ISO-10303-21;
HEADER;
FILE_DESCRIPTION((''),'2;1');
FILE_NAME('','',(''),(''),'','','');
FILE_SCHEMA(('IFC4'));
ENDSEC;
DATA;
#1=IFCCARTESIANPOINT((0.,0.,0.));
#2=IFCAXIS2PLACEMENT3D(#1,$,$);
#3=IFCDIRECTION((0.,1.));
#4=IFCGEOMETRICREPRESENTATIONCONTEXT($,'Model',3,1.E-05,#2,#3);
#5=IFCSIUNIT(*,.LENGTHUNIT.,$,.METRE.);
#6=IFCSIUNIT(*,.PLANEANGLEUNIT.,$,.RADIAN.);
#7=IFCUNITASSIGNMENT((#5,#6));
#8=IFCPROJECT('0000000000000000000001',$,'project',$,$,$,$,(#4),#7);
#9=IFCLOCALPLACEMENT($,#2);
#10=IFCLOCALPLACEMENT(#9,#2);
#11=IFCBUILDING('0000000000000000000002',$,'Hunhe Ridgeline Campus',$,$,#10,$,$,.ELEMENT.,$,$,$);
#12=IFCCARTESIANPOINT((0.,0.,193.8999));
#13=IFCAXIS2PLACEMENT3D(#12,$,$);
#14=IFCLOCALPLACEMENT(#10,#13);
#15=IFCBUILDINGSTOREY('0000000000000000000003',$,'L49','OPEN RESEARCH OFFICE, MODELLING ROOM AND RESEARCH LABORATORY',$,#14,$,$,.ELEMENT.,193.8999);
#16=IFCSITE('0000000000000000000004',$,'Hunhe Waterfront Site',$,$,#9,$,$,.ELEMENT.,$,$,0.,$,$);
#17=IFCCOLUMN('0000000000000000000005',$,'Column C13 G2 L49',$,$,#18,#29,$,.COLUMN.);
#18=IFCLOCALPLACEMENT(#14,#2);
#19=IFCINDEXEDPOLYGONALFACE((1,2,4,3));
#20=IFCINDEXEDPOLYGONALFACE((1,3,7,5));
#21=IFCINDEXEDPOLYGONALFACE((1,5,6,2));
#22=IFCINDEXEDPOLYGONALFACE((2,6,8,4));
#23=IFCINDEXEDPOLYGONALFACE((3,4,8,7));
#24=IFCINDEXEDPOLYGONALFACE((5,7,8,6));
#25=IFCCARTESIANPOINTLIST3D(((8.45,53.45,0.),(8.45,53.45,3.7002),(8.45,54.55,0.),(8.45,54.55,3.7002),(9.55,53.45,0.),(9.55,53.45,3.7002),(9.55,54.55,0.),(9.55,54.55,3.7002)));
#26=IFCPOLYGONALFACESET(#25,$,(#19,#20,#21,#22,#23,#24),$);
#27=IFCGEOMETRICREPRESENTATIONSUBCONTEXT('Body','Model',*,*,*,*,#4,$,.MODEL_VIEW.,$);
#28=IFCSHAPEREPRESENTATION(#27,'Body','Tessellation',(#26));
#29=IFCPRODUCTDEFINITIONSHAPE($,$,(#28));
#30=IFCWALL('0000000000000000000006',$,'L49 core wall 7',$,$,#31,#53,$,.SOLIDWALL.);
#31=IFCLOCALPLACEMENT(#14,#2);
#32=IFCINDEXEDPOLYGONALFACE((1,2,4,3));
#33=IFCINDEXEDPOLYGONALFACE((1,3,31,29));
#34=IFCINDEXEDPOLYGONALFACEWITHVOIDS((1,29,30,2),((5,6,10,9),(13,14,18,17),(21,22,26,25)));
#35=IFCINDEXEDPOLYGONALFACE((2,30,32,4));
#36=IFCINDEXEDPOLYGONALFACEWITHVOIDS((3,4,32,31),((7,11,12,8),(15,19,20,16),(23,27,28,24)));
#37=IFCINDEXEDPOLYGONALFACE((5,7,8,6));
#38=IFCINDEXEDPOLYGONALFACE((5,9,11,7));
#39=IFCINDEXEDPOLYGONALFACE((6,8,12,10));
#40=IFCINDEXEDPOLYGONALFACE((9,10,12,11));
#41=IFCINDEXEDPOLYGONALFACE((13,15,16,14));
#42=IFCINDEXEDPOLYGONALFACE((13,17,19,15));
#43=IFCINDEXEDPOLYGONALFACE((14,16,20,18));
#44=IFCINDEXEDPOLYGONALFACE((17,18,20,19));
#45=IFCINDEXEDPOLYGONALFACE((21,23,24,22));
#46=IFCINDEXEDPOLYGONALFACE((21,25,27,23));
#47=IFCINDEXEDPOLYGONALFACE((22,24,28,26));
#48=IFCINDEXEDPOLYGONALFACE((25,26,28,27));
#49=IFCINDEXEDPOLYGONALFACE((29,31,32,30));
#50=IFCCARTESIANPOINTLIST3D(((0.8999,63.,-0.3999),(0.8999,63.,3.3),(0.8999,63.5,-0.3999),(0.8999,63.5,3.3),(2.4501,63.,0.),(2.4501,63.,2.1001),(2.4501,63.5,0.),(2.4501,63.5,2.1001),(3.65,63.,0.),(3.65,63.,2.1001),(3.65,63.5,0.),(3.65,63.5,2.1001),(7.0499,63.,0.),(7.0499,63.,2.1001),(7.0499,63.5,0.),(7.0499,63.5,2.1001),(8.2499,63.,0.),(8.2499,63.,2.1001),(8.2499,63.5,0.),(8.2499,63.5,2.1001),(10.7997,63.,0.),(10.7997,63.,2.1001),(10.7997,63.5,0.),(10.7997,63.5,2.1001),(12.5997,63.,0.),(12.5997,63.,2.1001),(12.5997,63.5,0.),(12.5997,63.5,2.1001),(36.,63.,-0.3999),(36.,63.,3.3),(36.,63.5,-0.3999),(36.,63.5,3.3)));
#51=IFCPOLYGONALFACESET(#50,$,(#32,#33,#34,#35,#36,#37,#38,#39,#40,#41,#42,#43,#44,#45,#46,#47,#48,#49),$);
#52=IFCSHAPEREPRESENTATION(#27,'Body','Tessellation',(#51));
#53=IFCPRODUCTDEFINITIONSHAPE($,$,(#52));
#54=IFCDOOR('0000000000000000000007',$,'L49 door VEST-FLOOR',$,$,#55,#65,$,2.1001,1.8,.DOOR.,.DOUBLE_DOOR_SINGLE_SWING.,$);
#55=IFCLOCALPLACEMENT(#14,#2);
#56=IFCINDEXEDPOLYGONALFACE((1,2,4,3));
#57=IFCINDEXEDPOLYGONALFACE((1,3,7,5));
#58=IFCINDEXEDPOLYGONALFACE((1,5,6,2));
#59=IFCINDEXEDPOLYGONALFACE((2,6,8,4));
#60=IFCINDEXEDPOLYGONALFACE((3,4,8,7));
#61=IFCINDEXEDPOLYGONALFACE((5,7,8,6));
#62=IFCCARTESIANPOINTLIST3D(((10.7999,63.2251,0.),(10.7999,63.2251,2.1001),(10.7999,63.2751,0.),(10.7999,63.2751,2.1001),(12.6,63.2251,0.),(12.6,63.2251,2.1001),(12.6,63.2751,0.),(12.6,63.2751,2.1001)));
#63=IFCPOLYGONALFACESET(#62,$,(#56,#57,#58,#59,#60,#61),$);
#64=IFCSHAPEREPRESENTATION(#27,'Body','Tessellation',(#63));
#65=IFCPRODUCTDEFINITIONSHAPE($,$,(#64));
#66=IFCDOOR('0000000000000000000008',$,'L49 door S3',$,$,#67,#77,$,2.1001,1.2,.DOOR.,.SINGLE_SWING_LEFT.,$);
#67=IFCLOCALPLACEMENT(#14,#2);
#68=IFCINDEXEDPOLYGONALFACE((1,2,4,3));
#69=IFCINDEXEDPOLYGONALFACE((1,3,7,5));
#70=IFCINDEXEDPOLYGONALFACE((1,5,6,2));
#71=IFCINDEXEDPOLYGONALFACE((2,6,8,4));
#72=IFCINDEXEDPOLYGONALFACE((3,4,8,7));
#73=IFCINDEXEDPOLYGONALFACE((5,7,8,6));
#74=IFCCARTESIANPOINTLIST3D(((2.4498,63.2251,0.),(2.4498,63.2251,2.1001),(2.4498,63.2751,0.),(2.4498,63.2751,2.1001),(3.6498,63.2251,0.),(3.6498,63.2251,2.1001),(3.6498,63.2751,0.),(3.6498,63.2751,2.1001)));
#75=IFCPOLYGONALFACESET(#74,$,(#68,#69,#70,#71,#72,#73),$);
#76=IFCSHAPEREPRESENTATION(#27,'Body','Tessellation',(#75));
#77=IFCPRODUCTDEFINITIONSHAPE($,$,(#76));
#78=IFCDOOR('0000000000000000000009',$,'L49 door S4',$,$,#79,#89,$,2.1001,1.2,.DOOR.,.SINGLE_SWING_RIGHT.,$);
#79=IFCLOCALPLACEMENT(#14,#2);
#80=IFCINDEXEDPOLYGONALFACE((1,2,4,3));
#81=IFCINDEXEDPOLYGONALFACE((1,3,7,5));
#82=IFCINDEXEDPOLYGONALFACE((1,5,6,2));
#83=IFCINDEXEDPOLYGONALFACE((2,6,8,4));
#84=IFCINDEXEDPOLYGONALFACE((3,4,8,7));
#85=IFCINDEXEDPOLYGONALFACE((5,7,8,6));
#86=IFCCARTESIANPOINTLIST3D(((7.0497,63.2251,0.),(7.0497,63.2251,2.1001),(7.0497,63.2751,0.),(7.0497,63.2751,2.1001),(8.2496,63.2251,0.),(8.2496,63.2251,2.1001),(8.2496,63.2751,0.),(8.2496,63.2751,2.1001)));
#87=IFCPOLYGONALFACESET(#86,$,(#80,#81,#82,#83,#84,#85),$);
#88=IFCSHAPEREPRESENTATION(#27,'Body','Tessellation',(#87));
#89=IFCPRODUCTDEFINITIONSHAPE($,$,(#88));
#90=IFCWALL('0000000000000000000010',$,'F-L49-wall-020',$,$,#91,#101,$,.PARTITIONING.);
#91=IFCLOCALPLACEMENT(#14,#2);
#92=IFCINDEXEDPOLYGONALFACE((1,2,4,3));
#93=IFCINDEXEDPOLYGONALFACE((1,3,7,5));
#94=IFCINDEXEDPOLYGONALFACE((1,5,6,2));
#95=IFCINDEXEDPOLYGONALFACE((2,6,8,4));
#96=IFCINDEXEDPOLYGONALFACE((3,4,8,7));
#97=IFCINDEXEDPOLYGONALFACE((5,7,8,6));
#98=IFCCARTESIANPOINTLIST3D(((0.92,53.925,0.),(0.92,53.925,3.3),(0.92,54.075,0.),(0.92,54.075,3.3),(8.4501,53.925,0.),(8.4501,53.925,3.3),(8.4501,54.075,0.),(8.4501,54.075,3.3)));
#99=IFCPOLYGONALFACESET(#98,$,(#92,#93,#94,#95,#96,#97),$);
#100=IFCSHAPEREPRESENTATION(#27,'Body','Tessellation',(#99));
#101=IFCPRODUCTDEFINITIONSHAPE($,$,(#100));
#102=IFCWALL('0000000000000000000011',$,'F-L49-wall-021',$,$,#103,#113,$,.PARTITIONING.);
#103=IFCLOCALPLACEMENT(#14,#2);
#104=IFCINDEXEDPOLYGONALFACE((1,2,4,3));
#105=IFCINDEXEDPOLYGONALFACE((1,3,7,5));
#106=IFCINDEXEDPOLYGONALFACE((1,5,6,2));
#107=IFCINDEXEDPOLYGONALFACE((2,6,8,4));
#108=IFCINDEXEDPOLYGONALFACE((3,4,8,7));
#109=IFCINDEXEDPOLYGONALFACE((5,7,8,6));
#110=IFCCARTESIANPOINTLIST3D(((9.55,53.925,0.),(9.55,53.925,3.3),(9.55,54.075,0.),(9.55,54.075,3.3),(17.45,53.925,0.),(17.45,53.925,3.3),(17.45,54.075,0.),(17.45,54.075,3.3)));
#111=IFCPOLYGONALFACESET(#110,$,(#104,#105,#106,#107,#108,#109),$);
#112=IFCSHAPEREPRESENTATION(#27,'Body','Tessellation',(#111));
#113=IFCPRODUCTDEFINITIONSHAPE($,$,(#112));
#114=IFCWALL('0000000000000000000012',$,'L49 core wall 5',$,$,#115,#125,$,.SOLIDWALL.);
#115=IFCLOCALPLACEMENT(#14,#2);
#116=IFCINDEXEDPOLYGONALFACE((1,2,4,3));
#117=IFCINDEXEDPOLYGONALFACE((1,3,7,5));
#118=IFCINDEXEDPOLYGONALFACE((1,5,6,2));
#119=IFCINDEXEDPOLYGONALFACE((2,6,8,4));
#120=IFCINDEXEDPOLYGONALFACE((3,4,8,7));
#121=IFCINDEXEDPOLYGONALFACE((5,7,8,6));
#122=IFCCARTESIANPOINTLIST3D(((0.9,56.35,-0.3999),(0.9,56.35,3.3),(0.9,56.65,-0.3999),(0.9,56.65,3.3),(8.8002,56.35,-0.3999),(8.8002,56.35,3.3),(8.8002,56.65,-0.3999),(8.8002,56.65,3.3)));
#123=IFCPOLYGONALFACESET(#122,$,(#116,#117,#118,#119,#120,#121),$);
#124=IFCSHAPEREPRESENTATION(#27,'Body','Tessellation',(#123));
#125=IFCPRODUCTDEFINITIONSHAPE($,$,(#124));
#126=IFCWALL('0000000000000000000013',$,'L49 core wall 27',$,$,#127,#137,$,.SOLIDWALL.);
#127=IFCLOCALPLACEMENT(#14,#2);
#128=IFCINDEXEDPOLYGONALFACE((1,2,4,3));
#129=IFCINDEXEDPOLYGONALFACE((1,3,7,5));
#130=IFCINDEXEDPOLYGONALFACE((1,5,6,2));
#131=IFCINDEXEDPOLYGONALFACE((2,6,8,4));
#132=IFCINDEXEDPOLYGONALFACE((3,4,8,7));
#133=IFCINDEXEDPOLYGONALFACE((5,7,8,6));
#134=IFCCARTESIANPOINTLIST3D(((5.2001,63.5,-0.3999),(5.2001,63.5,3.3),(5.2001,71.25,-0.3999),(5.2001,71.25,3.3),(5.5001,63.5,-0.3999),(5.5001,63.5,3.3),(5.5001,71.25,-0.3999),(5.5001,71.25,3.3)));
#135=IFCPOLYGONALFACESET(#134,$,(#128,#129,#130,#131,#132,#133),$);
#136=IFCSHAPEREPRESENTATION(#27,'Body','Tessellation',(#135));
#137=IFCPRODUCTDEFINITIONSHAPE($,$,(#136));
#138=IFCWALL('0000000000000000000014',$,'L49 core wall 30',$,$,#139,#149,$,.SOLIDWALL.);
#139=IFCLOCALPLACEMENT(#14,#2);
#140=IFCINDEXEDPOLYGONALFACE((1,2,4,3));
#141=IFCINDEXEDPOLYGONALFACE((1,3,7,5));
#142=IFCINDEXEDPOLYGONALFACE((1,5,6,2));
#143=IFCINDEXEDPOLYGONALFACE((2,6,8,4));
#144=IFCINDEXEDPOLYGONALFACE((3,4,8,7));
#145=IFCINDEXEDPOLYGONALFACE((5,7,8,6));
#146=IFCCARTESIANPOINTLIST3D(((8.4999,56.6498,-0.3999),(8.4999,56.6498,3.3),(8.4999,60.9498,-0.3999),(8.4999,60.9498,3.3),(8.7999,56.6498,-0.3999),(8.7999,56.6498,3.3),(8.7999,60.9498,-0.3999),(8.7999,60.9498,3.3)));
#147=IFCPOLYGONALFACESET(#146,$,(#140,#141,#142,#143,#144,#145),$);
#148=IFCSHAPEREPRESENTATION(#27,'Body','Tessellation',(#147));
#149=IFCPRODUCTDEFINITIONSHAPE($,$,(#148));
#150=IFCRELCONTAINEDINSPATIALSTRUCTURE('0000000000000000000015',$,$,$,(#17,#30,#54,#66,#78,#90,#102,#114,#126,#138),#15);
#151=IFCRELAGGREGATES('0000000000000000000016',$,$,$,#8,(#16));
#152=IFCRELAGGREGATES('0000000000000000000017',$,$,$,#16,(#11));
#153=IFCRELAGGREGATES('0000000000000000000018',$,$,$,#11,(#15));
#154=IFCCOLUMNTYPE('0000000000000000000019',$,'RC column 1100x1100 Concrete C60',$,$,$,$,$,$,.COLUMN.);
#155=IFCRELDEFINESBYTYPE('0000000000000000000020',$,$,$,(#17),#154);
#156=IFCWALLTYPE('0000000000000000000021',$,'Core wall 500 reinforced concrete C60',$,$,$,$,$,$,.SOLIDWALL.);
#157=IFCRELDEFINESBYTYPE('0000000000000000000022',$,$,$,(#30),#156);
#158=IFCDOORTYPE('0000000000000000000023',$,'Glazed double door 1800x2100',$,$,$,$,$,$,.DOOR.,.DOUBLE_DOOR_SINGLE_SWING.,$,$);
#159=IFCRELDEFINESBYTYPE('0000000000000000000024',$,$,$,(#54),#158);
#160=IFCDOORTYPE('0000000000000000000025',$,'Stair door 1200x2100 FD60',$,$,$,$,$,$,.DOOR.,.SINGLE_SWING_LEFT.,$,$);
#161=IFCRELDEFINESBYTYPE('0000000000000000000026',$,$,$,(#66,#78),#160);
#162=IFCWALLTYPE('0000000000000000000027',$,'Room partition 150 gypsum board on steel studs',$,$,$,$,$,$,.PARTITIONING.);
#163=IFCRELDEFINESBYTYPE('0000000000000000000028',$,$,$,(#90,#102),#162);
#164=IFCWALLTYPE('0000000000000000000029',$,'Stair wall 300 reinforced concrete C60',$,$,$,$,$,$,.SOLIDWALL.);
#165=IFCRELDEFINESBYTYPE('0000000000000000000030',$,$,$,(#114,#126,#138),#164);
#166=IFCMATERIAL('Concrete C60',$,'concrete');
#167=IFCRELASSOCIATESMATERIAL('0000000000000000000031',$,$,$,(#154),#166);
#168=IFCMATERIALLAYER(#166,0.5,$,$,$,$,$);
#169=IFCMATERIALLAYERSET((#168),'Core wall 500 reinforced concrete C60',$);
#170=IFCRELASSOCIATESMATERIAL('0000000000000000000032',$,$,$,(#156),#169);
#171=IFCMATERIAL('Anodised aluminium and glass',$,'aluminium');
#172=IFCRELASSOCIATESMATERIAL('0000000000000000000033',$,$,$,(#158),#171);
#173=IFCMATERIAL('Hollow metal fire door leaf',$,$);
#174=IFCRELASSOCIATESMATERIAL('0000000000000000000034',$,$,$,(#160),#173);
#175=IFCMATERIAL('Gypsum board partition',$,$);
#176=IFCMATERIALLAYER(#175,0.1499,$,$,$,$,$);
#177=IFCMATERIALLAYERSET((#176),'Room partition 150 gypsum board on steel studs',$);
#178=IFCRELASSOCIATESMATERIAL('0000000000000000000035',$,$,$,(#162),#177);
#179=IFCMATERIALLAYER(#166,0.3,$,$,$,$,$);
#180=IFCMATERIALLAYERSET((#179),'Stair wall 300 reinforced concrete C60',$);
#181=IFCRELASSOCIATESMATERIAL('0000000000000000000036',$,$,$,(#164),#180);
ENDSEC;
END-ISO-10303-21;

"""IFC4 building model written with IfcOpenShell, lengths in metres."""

from ifc_helpers import new_model, si_unit, direction, frame, frame_2d, origin, origin_2d, place, context, subcontext, project, spatial, rectangle, extrude, material, layer, layer_set, material_profile, profile_set, type_object, element, fill, save


model = new_model("IFC4")

# Units and contexts
model_context = context("Model", 3, precision=1e-05, world=origin(), true_north=direction((0.0, 1.0)))
body_context = subcontext(model_context, "Body", "Model", "MODEL_VIEW")
ifc_project = project(units=[si_unit("LENGTHUNIT", "METRE"), si_unit("PLANEANGLEUNIT", "RADIAN")], contexts=[model_context])

# Site, building, storey
site_placement = place(None, origin())
site = spatial("IfcSite", under=ifc_project, at=site_placement, Name="Hunhe Waterfront Site", CompositionType="ELEMENT", RefElevation=0.0)
building_placement = place(site_placement, origin())
building = spatial("IfcBuilding", under=site, at=building_placement, Name="Hunhe Ridgeline Campus", CompositionType="ELEMENT")
storey_placement = place(building_placement, frame((0.0, 0.0, 193.8999)))
storey = spatial("IfcBuildingStorey", under=building, at=storey_placement, Name="L49", Description="OPEN RESEARCH OFFICE, MODELLING ROOM AND RESEARCH LABORATORY", CompositionType="ELEMENT", Elevation=193.8999)

# Column
ifc_material_1 = material(Name="Concrete C60", Category="concrete")
ifc_material_profile = material_profile(ifc_material_1, rectangle(XDim=1.1001, YDim=1.1001, at=origin_2d()))
ifc_profile_set = profile_set([ifc_material_profile], Name="Concrete C60")
column_type = type_object("IfcColumnType", Name="RC column 1100x1100 Concrete C60", PredefinedType="COLUMN", material=ifc_profile_set)
column_placement = place(storey_placement, frame((9.0, 54.0, 0.0), z_axis=(0.0, 0.0, 1.0), x_axis=(1.0, 0.0, 0.0)))
element("IfcColumn", 1, at=column_placement, inside=storey, type_object=column_type, Name="Column C13 G2 L49", PredefinedType="COLUMN", context=body_context, shape_type="SweptSolid", body=[
    extrude(rectangle(XDim=1.1001, YDim=1.1001, at=origin_2d()), origin(), (0.0, 0.0, 1.0), 3.7002),
])

# Wall, openings, doors
ifc_layer_1 = layer(ifc_material_1, 0.5)
ifc_layer_set_1 = layer_set([ifc_layer_1], Name="Core wall 500 reinforced concrete C60")
wall_type_1 = type_object("IfcWallType", Name="Core wall 500 reinforced concrete C60", PredefinedType="SOLIDWALL", material=ifc_layer_set_1)
wall_1_placement = place(storey_placement, frame((0.8999, 63.25, -0.3999), z_axis=(0.0, 0.0, 1.0), x_axis=(1.0, 0.0, 0.0)))
wall_1 = element("IfcWall", 2, at=wall_1_placement, inside=storey, type_object=wall_type_1, Name="L49 core wall 7", PredefinedType="SOLIDWALL", context=body_context, shape_type="SweptSolid", body=[
    extrude(rectangle(XDim=35.1001, YDim=0.5, at=frame_2d((17.55, 0.0))), origin(), (0.0, 0.0, 1.0), 3.7),
])
opening_1_placement = place(wall_1_placement, frame((9.8999, 0.0, 0.3999)))
opening_1 = element("IfcOpeningElement", 3, at=opening_1_placement, cuts=wall_1, PredefinedType="OPENING", context=body_context, shape_type="SweptSolid", body=[
    extrude(rectangle(XDim=1.8, YDim=2.1001, at=frame_2d((0.8999, 1.05))), frame((0.0, 0.25, 0.0), z_axis=(0.0, -1.0, 0.0), x_axis=(1.0, 0.0, 0.0)), (0.0, 0.0, 1.0), 0.5),
])
opening_2_placement = place(wall_1_placement, frame((1.55, 0.0, 0.3999)))
opening_2 = element("IfcOpeningElement", 4, at=opening_2_placement, cuts=wall_1, PredefinedType="OPENING", context=body_context, shape_type="SweptSolid", body=[
    extrude(rectangle(XDim=1.2, YDim=2.1001, at=frame_2d((0.6001, 1.05))), frame((0.0, 0.25, 0.0), z_axis=(0.0, -1.0, 0.0), x_axis=(1.0, 0.0, 0.0)), (0.0, 0.0, 1.0), 0.5),
])
opening_3_placement = place(wall_1_placement, frame((6.1499, 0.0, 0.3999)))
opening_3 = element("IfcOpeningElement", 5, at=opening_3_placement, cuts=wall_1, PredefinedType="OPENING", context=body_context, shape_type="SweptSolid", body=[
    extrude(rectangle(XDim=1.2, YDim=2.1001, at=frame_2d((0.6001, 1.05))), frame((0.0, 0.25, 0.0), z_axis=(0.0, -1.0, 0.0), x_axis=(1.0, 0.0, 0.0)), (0.0, 0.0, 1.0), 0.5),
])
ifc_material_2 = material(Name="Anodised aluminium and glass", Category="aluminium")
door_type_1 = type_object("IfcDoorType", Name="Glazed double door 1800x2100", OperationType="DOUBLE_DOOR_SINGLE_SWING", PredefinedType="DOOR", material=ifc_material_2)
door_1_placement = place(opening_1_placement, frame((1.8, 0.0, 0.0), z_axis=(0.0, 0.0, 1.0), x_axis=(-1.0, 0.0, 0.0)))
door_1 = element("IfcDoor", 6, at=door_1_placement, inside=storey, type_object=door_type_1, Name="L49 door VEST-FLOOR", OperationType="DOUBLE_DOOR_SINGLE_SWING", OverallHeight=2.1001, OverallWidth=1.8, PredefinedType="DOOR", context=body_context, shape_type="SweptSolid", body=[
    extrude(rectangle(XDim=1.8, YDim=2.1001, at=frame_2d((0.8999, 1.05))), frame((0.0, 0.0249, 0.0), z_axis=(0.0, -1.0, 0.0), x_axis=(1.0, 0.0, 0.0)), (0.0, 0.0, 1.0), 0.05),
])
fill(opening_1, door_1)
ifc_material_3 = material(Name="Hollow metal fire door leaf")
door_type_2 = type_object("IfcDoorType", Name="Stair door 1200x2100 FD60", OperationType="SINGLE_SWING_LEFT", PredefinedType="DOOR", material=ifc_material_3)
door_2_placement = place(opening_2_placement, frame((1.2, 0.0, 0.0), z_axis=(0.0, 0.0, 1.0), x_axis=(-1.0, 0.0, 0.0)))
door_2 = element("IfcDoor", 7, at=door_2_placement, inside=storey, type_object=door_type_2, Name="L49 door S3", OperationType="SINGLE_SWING_LEFT", OverallHeight=2.1001, OverallWidth=1.2, PredefinedType="DOOR", context=body_context, shape_type="SweptSolid", body=[
    extrude(rectangle(XDim=1.2, YDim=2.1001, at=frame_2d((0.6001, 1.05))), frame((0.0, 0.0249, 0.0), z_axis=(0.0, -1.0, 0.0), x_axis=(1.0, 0.0, 0.0)), (0.0, 0.0, 1.0), 0.05),
])
fill(opening_2, door_2)
door_3_placement = place(opening_3_placement, frame((1.2, 0.0, 0.0), z_axis=(0.0, 0.0, 1.0), x_axis=(-1.0, 0.0, 0.0)))
door_3 = element("IfcDoor", 8, at=door_3_placement, inside=storey, type_object=door_type_2, Name="L49 door S4", OperationType="SINGLE_SWING_RIGHT", OverallHeight=2.1001, OverallWidth=1.2, PredefinedType="DOOR", context=body_context, shape_type="SweptSolid", body=[
    extrude(rectangle(XDim=1.2, YDim=2.1001, at=frame_2d((0.6001, 1.05))), frame((0.0, 0.0249, 0.0), z_axis=(0.0, -1.0, 0.0), x_axis=(1.0, 0.0, 0.0)), (0.0, 0.0, 1.0), 0.05),
])
fill(opening_3, door_3)

# Walls
ifc_material_4 = material(Name="Gypsum board partition")
ifc_layer_2 = layer(ifc_material_4, 0.1499)
ifc_layer_set_2 = layer_set([ifc_layer_2], Name="Room partition 150 gypsum board on steel studs")
wall_type_2 = type_object("IfcWallType", Name="Room partition 150 gypsum board on steel studs", PredefinedType="PARTITIONING", material=ifc_layer_set_2)
wall_2_placement = place(storey_placement, frame((0.9199, 54.0, 0.0), z_axis=(0.0, 0.0, 1.0), x_axis=(1.0, 0.0, 0.0)))
element("IfcWall", 9, at=wall_2_placement, inside=storey, type_object=wall_type_2, Name="F-L49-wall-020", PredefinedType="PARTITIONING", context=body_context, shape_type="SweptSolid", body=[
    extrude(rectangle(XDim=7.53, YDim=0.1499, at=frame_2d((3.7651, 0.0))), origin(), (0.0, 0.0, 1.0), 3.3),
])
wall_3_placement = place(storey_placement, frame((9.55, 54.0, 0.0), z_axis=(0.0, 0.0, 1.0), x_axis=(1.0, 0.0, 0.0)))
element("IfcWall", 10, at=wall_3_placement, inside=storey, type_object=wall_type_2, Name="F-L49-wall-021", PredefinedType="PARTITIONING", context=body_context, shape_type="SweptSolid", body=[
    extrude(rectangle(XDim=7.8999, YDim=0.1499, at=frame_2d((3.95, 0.0))), origin(), (0.0, 0.0, 1.0), 3.3),
])
ifc_layer_3 = layer(ifc_material_1, 0.3)
ifc_layer_set_3 = layer_set([ifc_layer_3], Name="Stair wall 300 reinforced concrete C60")
wall_type_3 = type_object("IfcWallType", Name="Stair wall 300 reinforced concrete C60", PredefinedType="SOLIDWALL", material=ifc_layer_set_3)
wall_4_placement = place(storey_placement, frame((0.8999, 56.5, -0.3999), z_axis=(0.0, 0.0, 1.0), x_axis=(1.0, 0.0, 0.0)))
element("IfcWall", 11, at=wall_4_placement, inside=storey, type_object=wall_type_3, Name="L49 core wall 5", PredefinedType="SOLIDWALL", context=body_context, shape_type="SweptSolid", body=[
    extrude(rectangle(XDim=7.9001, YDim=0.3, at=frame_2d((3.9502, 0.0))), origin(), (0.0, 0.0, 1.0), 3.7),
])

# Walls
wall_5_placement = place(storey_placement, frame((5.3501, 63.5, -0.3999), z_axis=(0.0, 0.0, 1.0), x_axis=(0.0, 1.0, 0.0)))
element("IfcWall", 12, at=wall_5_placement, inside=storey, type_object=wall_type_3, Name="L49 core wall 27", PredefinedType="SOLIDWALL", context=body_context, shape_type="SweptSolid", body=[
    extrude(rectangle(XDim=7.75, YDim=0.3, at=frame_2d((3.875, 0.0))), origin(), (0.0, 0.0, 1.0), 3.7),
])
wall_6_placement = place(storey_placement, frame((8.6499, 56.6499, -0.3999), z_axis=(0.0, 0.0, 1.0), x_axis=(0.0, 1.0, 0.0)))
element("IfcWall", 13, at=wall_6_placement, inside=storey, type_object=wall_type_3, Name="L49 core wall 30", PredefinedType="SOLIDWALL", context=body_context, shape_type="SweptSolid", body=[
    extrude(rectangle(XDim=4.3, YDim=0.3, at=frame_2d((2.1499, 0.0))), origin(), (0.0, 0.0, 1.0), 3.7),
])

save(model, "model.ifc")
